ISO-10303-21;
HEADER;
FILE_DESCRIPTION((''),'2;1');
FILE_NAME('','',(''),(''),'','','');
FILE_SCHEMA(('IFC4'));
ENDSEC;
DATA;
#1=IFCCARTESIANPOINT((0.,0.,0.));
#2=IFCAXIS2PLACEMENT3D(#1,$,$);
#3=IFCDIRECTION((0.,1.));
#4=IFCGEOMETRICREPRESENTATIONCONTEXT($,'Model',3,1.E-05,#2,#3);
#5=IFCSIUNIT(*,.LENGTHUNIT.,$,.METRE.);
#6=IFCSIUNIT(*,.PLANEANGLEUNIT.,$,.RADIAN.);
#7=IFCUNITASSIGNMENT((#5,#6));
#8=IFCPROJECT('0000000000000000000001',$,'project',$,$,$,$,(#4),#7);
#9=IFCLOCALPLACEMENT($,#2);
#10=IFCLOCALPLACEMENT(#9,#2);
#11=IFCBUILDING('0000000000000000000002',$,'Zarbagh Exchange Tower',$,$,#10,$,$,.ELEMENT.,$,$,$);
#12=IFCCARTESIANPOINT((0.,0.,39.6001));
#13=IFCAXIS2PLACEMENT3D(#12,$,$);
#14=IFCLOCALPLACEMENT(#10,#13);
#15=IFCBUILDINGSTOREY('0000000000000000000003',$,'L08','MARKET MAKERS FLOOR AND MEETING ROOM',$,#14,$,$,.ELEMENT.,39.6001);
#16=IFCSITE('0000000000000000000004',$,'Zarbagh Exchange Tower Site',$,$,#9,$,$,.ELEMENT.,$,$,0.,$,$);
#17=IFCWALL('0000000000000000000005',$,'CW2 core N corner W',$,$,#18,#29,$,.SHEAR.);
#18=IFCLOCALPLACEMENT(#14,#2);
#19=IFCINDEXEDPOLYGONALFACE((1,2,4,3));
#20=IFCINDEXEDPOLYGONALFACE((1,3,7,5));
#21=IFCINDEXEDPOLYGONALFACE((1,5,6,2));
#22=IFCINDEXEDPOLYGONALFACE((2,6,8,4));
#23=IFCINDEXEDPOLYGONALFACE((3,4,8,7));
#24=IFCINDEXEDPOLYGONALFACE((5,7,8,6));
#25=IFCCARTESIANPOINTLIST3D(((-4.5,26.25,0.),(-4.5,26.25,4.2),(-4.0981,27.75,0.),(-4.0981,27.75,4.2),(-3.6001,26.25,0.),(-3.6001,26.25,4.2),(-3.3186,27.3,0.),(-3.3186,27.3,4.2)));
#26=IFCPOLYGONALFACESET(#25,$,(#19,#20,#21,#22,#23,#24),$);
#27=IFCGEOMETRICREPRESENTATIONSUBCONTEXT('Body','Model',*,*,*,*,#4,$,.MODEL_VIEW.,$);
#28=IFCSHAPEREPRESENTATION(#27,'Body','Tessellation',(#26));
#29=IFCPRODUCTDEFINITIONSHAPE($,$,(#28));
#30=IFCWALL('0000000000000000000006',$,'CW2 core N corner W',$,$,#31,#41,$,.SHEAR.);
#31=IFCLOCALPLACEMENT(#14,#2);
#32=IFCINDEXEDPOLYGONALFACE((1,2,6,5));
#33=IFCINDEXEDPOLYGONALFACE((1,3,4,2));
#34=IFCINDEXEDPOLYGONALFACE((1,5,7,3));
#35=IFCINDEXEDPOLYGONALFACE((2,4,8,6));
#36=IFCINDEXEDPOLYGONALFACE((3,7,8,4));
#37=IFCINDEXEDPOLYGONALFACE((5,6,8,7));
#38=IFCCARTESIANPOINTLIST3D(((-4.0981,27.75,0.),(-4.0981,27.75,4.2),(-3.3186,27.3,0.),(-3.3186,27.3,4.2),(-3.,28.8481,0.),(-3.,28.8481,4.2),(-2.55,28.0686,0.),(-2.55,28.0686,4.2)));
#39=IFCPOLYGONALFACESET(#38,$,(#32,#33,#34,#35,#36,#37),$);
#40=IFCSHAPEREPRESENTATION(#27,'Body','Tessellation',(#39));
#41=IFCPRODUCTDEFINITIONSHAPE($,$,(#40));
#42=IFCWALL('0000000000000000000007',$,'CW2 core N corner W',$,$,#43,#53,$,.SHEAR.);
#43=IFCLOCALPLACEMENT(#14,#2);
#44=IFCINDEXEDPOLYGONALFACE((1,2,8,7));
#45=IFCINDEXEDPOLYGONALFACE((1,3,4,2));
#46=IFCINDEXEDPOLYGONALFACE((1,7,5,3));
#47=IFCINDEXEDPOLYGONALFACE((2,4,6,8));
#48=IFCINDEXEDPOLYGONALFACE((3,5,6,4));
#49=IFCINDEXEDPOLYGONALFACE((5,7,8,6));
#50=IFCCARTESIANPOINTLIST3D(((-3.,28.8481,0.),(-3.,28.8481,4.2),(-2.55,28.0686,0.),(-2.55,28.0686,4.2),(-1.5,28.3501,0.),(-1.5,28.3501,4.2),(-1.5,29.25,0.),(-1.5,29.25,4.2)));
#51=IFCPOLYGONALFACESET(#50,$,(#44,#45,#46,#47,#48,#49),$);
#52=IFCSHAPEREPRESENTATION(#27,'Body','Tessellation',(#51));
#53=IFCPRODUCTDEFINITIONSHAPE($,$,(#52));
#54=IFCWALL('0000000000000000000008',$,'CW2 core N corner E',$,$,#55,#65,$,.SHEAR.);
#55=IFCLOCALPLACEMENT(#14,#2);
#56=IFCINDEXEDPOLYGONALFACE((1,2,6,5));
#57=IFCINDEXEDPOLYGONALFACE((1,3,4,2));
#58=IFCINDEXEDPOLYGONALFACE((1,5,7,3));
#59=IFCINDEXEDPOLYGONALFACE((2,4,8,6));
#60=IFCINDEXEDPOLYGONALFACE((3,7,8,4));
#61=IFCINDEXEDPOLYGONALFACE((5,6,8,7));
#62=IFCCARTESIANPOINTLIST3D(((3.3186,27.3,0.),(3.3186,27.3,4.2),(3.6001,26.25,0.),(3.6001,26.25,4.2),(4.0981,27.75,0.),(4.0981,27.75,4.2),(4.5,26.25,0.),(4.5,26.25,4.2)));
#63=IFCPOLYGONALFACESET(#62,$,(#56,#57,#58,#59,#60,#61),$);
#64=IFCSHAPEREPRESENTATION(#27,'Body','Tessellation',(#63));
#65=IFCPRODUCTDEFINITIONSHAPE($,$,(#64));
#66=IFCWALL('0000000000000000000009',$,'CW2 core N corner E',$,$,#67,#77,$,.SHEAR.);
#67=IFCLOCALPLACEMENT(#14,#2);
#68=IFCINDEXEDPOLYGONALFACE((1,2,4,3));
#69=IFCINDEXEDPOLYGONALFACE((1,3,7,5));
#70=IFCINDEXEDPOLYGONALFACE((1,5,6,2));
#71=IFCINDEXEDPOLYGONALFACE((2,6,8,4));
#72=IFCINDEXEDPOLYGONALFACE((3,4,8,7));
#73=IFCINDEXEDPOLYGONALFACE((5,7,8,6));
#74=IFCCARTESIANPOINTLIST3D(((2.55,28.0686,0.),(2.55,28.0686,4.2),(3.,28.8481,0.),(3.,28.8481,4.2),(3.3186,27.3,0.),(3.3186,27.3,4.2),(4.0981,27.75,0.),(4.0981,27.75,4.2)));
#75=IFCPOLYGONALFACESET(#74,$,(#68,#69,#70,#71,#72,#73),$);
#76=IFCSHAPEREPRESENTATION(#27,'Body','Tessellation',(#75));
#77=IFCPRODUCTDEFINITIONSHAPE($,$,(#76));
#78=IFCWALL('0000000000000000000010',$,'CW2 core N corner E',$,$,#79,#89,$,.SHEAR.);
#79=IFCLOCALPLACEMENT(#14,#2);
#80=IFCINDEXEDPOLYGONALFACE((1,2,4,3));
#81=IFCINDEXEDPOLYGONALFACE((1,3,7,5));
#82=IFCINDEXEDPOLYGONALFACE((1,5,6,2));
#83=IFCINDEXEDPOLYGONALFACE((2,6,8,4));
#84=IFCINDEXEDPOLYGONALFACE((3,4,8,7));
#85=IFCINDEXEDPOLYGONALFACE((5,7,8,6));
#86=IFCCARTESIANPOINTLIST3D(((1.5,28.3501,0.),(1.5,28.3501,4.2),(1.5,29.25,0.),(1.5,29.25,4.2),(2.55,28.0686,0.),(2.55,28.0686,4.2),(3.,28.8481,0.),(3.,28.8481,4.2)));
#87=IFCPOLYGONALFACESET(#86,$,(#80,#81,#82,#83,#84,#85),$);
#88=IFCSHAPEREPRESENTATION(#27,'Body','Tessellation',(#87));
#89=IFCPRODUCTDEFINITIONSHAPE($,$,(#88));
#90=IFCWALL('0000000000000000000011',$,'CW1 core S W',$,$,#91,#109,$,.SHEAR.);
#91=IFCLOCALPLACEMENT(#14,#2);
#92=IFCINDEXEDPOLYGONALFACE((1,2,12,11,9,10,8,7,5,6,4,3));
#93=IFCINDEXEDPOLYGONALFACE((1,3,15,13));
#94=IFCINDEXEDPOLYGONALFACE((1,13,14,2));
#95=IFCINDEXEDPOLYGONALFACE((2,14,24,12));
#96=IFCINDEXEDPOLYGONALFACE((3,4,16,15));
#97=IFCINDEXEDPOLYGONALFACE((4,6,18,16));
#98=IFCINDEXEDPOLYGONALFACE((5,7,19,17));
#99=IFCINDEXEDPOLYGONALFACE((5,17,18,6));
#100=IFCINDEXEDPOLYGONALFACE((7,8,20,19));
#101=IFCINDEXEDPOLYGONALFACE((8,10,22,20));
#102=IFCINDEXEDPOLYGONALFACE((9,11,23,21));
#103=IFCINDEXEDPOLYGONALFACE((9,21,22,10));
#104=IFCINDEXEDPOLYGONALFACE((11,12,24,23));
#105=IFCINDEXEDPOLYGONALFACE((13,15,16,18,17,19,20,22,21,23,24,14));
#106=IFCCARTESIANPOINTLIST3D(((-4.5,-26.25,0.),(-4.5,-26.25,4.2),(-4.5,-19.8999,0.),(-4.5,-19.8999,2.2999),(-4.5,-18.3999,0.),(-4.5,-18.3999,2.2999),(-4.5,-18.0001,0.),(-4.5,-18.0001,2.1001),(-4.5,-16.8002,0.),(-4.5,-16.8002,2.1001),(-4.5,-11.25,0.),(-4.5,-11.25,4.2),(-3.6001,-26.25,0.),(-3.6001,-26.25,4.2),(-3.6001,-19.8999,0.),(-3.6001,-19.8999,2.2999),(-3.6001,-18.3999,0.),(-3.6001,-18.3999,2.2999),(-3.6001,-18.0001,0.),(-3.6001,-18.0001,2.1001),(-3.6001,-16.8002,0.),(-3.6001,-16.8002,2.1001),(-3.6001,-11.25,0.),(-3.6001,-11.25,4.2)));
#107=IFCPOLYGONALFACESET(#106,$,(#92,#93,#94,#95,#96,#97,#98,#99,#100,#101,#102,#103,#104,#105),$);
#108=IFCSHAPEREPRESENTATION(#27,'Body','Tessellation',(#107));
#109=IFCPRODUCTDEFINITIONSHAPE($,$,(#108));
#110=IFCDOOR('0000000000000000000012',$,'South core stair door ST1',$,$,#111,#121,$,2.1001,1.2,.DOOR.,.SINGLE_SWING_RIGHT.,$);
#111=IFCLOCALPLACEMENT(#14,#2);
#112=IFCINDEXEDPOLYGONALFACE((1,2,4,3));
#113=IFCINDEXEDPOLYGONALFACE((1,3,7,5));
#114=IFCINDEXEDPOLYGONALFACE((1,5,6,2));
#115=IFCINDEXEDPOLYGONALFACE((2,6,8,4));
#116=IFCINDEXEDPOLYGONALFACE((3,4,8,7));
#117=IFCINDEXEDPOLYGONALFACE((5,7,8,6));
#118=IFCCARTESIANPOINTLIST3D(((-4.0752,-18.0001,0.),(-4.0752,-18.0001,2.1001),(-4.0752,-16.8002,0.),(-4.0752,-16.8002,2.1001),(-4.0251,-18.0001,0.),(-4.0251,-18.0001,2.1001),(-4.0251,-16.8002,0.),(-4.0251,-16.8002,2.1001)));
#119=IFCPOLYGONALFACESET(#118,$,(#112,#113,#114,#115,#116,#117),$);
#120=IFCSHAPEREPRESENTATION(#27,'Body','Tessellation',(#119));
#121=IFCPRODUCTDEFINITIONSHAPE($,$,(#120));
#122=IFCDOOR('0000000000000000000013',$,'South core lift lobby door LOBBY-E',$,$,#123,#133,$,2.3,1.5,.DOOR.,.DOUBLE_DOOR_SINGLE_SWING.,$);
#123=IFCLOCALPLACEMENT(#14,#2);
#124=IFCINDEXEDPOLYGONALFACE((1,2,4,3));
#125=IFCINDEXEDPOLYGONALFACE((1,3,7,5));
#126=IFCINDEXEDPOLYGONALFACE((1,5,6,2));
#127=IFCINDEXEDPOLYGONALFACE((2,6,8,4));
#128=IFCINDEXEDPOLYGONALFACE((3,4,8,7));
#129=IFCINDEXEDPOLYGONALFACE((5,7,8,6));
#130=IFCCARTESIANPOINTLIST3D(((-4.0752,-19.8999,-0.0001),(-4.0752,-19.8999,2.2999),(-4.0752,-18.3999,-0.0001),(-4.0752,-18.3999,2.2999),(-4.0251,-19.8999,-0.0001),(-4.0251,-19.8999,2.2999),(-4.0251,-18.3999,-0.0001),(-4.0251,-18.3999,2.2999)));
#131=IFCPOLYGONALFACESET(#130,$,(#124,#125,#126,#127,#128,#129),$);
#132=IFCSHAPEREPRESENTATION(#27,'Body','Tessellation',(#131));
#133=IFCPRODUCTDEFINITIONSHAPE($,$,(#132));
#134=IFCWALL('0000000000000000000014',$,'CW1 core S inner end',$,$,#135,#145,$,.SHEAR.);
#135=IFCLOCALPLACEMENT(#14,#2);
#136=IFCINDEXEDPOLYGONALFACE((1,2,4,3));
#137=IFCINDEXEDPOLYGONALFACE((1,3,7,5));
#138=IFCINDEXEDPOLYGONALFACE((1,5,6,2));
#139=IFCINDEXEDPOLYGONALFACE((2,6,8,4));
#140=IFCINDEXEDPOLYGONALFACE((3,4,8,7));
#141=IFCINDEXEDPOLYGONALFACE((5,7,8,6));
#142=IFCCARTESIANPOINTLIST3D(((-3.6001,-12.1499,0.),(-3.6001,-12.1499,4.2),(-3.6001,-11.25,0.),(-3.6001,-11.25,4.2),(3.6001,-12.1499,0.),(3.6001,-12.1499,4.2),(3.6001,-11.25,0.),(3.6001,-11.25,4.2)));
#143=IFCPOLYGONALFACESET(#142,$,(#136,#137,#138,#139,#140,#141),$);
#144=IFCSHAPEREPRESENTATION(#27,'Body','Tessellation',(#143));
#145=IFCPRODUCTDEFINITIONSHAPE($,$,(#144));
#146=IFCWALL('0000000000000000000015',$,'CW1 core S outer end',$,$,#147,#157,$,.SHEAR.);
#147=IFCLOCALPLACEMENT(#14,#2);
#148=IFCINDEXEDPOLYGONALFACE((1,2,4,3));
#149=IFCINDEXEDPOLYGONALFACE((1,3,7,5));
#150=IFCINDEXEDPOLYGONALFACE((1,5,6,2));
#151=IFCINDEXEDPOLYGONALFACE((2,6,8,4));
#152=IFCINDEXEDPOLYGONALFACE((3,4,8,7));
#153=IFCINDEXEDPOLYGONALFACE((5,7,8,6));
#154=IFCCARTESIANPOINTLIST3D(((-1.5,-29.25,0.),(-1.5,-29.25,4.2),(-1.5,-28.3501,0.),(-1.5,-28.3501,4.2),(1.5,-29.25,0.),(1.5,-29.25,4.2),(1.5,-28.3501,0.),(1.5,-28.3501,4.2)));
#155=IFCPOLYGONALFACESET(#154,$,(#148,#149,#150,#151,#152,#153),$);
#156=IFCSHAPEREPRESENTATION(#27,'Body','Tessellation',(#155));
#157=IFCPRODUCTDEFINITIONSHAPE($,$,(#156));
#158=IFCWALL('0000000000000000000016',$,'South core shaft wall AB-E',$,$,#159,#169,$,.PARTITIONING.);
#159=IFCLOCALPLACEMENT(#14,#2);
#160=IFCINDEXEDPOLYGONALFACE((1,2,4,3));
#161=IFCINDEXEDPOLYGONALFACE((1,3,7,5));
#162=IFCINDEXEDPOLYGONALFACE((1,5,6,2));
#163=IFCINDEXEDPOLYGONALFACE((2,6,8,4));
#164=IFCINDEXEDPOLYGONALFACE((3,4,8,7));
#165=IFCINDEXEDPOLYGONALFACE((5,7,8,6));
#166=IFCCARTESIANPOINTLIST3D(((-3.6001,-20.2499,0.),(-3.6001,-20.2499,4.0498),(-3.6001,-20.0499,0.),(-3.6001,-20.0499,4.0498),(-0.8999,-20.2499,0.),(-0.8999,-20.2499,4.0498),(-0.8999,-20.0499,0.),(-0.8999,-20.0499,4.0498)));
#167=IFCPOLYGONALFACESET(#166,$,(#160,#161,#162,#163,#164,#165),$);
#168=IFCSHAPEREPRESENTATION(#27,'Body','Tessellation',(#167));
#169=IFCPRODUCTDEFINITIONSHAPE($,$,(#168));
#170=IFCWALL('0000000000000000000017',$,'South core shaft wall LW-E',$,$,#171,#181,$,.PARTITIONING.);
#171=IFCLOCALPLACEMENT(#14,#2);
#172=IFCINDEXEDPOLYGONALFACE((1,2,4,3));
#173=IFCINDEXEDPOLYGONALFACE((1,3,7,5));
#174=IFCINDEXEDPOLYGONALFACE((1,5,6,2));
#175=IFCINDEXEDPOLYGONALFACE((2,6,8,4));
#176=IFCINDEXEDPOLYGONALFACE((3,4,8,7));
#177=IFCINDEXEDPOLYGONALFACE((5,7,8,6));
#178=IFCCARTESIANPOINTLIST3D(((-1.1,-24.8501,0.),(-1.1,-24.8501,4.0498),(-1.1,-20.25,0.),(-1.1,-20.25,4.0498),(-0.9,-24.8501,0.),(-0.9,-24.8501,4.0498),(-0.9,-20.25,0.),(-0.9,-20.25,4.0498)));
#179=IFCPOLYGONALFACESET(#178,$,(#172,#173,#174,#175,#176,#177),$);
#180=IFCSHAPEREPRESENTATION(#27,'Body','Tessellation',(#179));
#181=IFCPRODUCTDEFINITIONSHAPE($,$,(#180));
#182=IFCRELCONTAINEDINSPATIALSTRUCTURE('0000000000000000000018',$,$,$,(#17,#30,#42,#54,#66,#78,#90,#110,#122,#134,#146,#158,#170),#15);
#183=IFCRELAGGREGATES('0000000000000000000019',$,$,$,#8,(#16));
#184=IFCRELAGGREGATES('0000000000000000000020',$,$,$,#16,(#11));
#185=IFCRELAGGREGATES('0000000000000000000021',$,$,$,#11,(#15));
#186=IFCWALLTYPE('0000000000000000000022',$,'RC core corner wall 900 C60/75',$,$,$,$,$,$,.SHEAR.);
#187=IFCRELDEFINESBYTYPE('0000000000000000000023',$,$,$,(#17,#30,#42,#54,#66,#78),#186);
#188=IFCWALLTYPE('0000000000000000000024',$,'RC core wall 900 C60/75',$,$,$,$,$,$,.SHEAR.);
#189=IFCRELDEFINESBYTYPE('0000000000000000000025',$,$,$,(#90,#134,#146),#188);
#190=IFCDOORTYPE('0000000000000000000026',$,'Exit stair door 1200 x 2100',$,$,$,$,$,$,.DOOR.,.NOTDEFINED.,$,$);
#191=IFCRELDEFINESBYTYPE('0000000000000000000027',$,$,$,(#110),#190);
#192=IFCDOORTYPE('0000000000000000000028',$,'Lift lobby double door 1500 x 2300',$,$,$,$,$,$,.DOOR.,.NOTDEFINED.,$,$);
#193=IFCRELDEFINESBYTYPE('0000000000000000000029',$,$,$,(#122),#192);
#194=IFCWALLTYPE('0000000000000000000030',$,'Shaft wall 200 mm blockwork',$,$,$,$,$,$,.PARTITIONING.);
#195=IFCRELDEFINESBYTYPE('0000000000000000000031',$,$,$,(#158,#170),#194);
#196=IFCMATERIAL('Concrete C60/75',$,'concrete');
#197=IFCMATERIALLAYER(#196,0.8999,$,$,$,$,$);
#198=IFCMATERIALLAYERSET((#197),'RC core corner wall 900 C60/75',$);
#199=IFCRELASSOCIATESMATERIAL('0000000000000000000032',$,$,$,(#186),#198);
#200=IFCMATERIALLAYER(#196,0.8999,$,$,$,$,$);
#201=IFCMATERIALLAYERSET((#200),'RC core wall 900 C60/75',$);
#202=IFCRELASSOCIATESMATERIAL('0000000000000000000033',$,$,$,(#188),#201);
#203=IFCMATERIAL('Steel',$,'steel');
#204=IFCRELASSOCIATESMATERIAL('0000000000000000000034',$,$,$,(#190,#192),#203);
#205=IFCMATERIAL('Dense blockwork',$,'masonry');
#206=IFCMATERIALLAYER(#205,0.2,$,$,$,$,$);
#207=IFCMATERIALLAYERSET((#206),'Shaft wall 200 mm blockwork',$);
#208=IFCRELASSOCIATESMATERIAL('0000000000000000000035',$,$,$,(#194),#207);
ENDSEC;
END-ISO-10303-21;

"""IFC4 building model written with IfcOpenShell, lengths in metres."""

from ifc_helpers import new_model, si_unit, direction, frame, frame_2d, origin, place, context, subcontext, project, spatial, polyline, rectangle, outline, extrude, material, layer, layer_set, type_object, element, fill, save


model = new_model("IFC4")

# Units and contexts
model_context = context("Model", 3, precision=1e-05, world=origin(), true_north=direction((0.0, 1.0)))
body_context = subcontext(model_context, "Body", "Model", "MODEL_VIEW")
ifc_project = project(units=[si_unit("LENGTHUNIT", "METRE"), si_unit("PLANEANGLEUNIT", "RADIAN")], contexts=[model_context])

# Site, building, storey
site_placement = place(None, origin())
site = spatial("IfcSite", under=ifc_project, at=site_placement, Name="Zarbagh Exchange Tower Site", CompositionType="ELEMENT", RefElevation=0.0)
building_placement = place(site_placement, origin())
building = spatial("IfcBuilding", under=site, at=building_placement, Name="Zarbagh Exchange Tower", CompositionType="ELEMENT")
storey_placement = place(building_placement, frame((0.0, 0.0, 39.6001)))
storey = spatial("IfcBuildingStorey", under=building, at=storey_placement, Name="L08", Description="MARKET MAKERS FLOOR AND MEETING ROOM", CompositionType="ELEMENT", Elevation=39.6001)

# Shared definitions
ifc_material_1 = material(Name="Concrete C60/75", Category="concrete")

# Walls
ifc_layer_1 = layer(ifc_material_1, 0.8999)
ifc_layer_set_1 = layer_set([ifc_layer_1], Name="RC core corner wall 900 C60/75")
wall_type_1 = type_object("IfcWallType", Name="RC core corner wall 900 C60/75", PredefinedType="SHEAR", material=ifc_layer_set_1)
wall_1_placement = place(storey_placement, origin())
element("IfcWall", 1, at=wall_1_placement, inside=storey, type_object=wall_type_1, Name="CW2 core N corner W", PredefinedType="SHEAR", context=body_context, shape_type="SweptSolid", body=[
    extrude(outline(polyline([(-4.5, 26.25), (-4.0981, 27.75), (-3.3186, 27.3), (-3.6001, 26.25), (-4.5, 26.25)])), origin(), (0.0, 0.0, 1.0), 4.2),
])
wall_2_placement = place(storey_placement, origin())
element("IfcWall", 2, at=wall_2_placement, inside=storey, type_object=wall_type_1, Name="CW2 core N corner W", PredefinedType="SHEAR", context=body_context, shape_type="SweptSolid", body=[
    extrude(outline(polyline([(-4.0981, 27.75), (-3.0, 28.8481), (-2.55, 28.0686), (-3.3186, 27.3), (-4.0981, 27.75)])), origin(), (0.0, 0.0, 1.0), 4.2),
])
wall_3_placement = place(storey_placement, origin())
element("IfcWall", 3, at=wall_3_placement, inside=storey, type_object=wall_type_1, Name="CW2 core N corner W", PredefinedType="SHEAR", context=body_context, shape_type="SweptSolid", body=[
    extrude(outline(polyline([(-3.0, 28.8481), (-1.5, 29.25), (-1.5, 28.3501), (-2.55, 28.0686), (-3.0, 28.8481)])), origin(), (0.0, 0.0, 1.0), 4.2),
])
wall_4_placement = place(storey_placement, origin())
element("IfcWall", 4, at=wall_4_placement, inside=storey, type_object=wall_type_1, Name="CW2 core N corner E", PredefinedType="SHEAR", context=body_context, shape_type="SweptSolid", body=[
    extrude(outline(polyline([(4.5, 26.25), (4.0981, 27.75), (3.3186, 27.3), (3.6001, 26.25), (4.5, 26.25)])), origin(), (0.0, 0.0, 1.0), 4.2),
])
wall_5_placement = place(storey_placement, origin())
element("IfcWall", 5, at=wall_5_placement, inside=storey, type_object=wall_type_1, Name="CW2 core N corner E", PredefinedType="SHEAR", context=body_context, shape_type="SweptSolid", body=[
    extrude(outline(polyline([(4.0981, 27.75), (3.0, 28.8481), (2.55, 28.0686), (3.3186, 27.3), (4.0981, 27.75)])), origin(), (0.0, 0.0, 1.0), 4.2),
])
wall_6_placement = place(storey_placement, origin())
element("IfcWall", 6, at=wall_6_placement, inside=storey, type_object=wall_type_1, Name="CW2 core N corner E", PredefinedType="SHEAR", context=body_context, shape_type="SweptSolid", body=[
    extrude(outline(polyline([(3.0, 28.8481), (1.5, 29.25), (1.5, 28.3501), (2.55, 28.0686), (3.0, 28.8481)])), origin(), (0.0, 0.0, 1.0), 4.2),
])

# Wall, openings, doors
ifc_layer_2 = layer(ifc_material_1, 0.8999)
ifc_layer_set_2 = layer_set([ifc_layer_2], Name="RC core wall 900 C60/75")
wall_type_2 = type_object("IfcWallType", Name="RC core wall 900 C60/75", PredefinedType="SHEAR", material=ifc_layer_set_2)
wall_7_placement = place(storey_placement, frame((-4.05, -11.25, 0.0), z_axis=(0.0, 0.0, 1.0), x_axis=(0.0, -1.0, 0.0)))
wall_7 = element("IfcWall", 7, at=wall_7_placement, inside=storey, type_object=wall_type_2, Name="CW1 core S W", PredefinedType="SHEAR", context=body_context, shape_type="SweptSolid", body=[
    extrude(rectangle(XDim=15.0, YDim=0.8999, at=frame_2d((7.5, 0.0))), origin(), (0.0, 0.0, 1.0), 4.2),
])
opening_1_placement = place(wall_7_placement, frame((7.1499, 0.0, 0.0)))
opening_1 = element("IfcOpeningElement", 8, at=opening_1_placement, cuts=wall_7, PredefinedType="OPENING", context=body_context, shape_type="SweptSolid", body=[
    extrude(rectangle(XDim=1.5, YDim=2.3, at=frame_2d((0.75, 1.1499))), frame((0.0, 0.46, 0.0), z_axis=(0.0, -1.0, 0.0), x_axis=(1.0, 0.0, 0.0)), (0.0, 0.0, 1.0), 0.9199),
])
opening_2_placement = place(wall_7_placement, frame((5.55, 0.0, 0.0)))
opening_2 = element("IfcOpeningElement", 9, at=opening_2_placement, cuts=wall_7, PredefinedType="OPENING", context=body_context, shape_type="SweptSolid", body=[
    extrude(rectangle(XDim=1.2, YDim=2.1001, at=frame_2d((0.6001, 1.05))), frame((0.0, 0.46, 0.0), z_axis=(0.0, -1.0, 0.0), x_axis=(1.0, 0.0, 0.0)), (0.0, 0.0, 1.0), 0.9199),
])
ifc_material_2 = material(Name="Steel", Category="steel")
door_type_1 = type_object("IfcDoorType", Name="Exit stair door 1200 x 2100", OperationType="NOTDEFINED", PredefinedType="DOOR", material=ifc_material_2)
door_1_placement = place(opening_2_placement, origin())
door_1 = element("IfcDoor", 10, at=door_1_placement, inside=storey, type_object=door_type_1, Name="South core stair door ST1", OperationType="SINGLE_SWING_RIGHT", OverallHeight=2.1001, OverallWidth=1.2, PredefinedType="DOOR", context=body_context, shape_type="SweptSolid", body=[
    extrude(rectangle(XDim=1.2, YDim=2.1001, at=frame_2d((0.6001, 1.05))), frame((0.0, 0.0249, 0.0), z_axis=(0.0, -1.0, 0.0), x_axis=(1.0, 0.0, 0.0)), (0.0, 0.0, 1.0), 0.05),
])
fill(opening_2, door_1)
door_type_2 = type_object("IfcDoorType", Name="Lift lobby double door 1500 x 2300", OperationType="NOTDEFINED", PredefinedType="DOOR", material=ifc_material_2)
door_2_placement = place(opening_1_placement, origin())
door_2 = element("IfcDoor", 11, at=door_2_placement, inside=storey, type_object=door_type_2, Name="South core lift lobby door LOBBY-E", OperationType="DOUBLE_DOOR_SINGLE_SWING", OverallHeight=2.3, OverallWidth=1.5, PredefinedType="DOOR", context=body_context, shape_type="SweptSolid", body=[
    extrude(rectangle(XDim=1.5, YDim=2.3, at=frame_2d((0.75, 1.1499))), frame((0.0, 0.0249, 0.0), z_axis=(0.0, -1.0, 0.0), x_axis=(1.0, 0.0, 0.0)), (0.0, 0.0, 1.0), 0.05),
])
fill(opening_1, door_2)

# Walls
wall_8_placement = place(storey_placement, frame((-3.6001, -11.7, 0.0), z_axis=(0.0, 0.0, 1.0), x_axis=(1.0, 0.0, 0.0)))
element("IfcWall", 12, at=wall_8_placement, inside=storey, type_object=wall_type_2, Name="CW1 core S inner end", PredefinedType="SHEAR", context=body_context, shape_type="SweptSolid", body=[
    extrude(rectangle(XDim=7.2002, YDim=0.8999, at=frame_2d((3.6001, 0.0))), origin(), (0.0, 0.0, 1.0), 4.2),
])
wall_9_placement = place(storey_placement, frame((-1.5, -28.8, 0.0), z_axis=(0.0, 0.0, 1.0), x_axis=(1.0, 0.0, 0.0)))
element("IfcWall", 13, at=wall_9_placement, inside=storey, type_object=wall_type_2, Name="CW1 core S outer end", PredefinedType="SHEAR", context=body_context, shape_type="SweptSolid", body=[
    extrude(rectangle(XDim=3.0, YDim=0.8999, at=frame_2d((1.5, 0.0))), origin(), (0.0, 0.0, 1.0), 4.2),
])
ifc_material_3 = material(Name="Dense blockwork", Category="masonry")
ifc_layer_3 = layer(ifc_material_3, 0.2)
ifc_layer_set_3 = layer_set([ifc_layer_3], Name="Shaft wall 200 mm blockwork")
wall_type_3 = type_object("IfcWallType", Name="Shaft wall 200 mm blockwork", PredefinedType="PARTITIONING", material=ifc_layer_set_3)
wall_10_placement = place(storey_placement, frame((-0.8999, -20.1499, 0.0), z_axis=(0.0, 0.0, 1.0), x_axis=(-1.0, 0.0, 0.0)))
element("IfcWall", 14, at=wall_10_placement, inside=storey, type_object=wall_type_3, Name="South core shaft wall AB-E", PredefinedType="PARTITIONING", context=body_context, shape_type="SweptSolid", body=[
    extrude(rectangle(XDim=2.7002, YDim=0.2, at=frame_2d((1.3501, 0.0))), origin(), (0.0, 0.0, 1.0), 4.0498),
])
wall_11_placement = place(storey_placement, frame((-1.0, -24.8501, 0.0), z_axis=(0.0, 0.0, 1.0), x_axis=(0.0, 1.0, 0.0)))
element("IfcWall", 15, at=wall_11_placement, inside=storey, type_object=wall_type_3, Name="South core shaft wall LW-E", PredefinedType="PARTITIONING", context=body_context, shape_type="SweptSolid", body=[
    extrude(rectangle(XDim=4.6001, YDim=0.2, at=frame_2d((2.3, 0.0))), origin(), (0.0, 0.0, 1.0), 4.0498),
])

save(model, "model.ifc")
